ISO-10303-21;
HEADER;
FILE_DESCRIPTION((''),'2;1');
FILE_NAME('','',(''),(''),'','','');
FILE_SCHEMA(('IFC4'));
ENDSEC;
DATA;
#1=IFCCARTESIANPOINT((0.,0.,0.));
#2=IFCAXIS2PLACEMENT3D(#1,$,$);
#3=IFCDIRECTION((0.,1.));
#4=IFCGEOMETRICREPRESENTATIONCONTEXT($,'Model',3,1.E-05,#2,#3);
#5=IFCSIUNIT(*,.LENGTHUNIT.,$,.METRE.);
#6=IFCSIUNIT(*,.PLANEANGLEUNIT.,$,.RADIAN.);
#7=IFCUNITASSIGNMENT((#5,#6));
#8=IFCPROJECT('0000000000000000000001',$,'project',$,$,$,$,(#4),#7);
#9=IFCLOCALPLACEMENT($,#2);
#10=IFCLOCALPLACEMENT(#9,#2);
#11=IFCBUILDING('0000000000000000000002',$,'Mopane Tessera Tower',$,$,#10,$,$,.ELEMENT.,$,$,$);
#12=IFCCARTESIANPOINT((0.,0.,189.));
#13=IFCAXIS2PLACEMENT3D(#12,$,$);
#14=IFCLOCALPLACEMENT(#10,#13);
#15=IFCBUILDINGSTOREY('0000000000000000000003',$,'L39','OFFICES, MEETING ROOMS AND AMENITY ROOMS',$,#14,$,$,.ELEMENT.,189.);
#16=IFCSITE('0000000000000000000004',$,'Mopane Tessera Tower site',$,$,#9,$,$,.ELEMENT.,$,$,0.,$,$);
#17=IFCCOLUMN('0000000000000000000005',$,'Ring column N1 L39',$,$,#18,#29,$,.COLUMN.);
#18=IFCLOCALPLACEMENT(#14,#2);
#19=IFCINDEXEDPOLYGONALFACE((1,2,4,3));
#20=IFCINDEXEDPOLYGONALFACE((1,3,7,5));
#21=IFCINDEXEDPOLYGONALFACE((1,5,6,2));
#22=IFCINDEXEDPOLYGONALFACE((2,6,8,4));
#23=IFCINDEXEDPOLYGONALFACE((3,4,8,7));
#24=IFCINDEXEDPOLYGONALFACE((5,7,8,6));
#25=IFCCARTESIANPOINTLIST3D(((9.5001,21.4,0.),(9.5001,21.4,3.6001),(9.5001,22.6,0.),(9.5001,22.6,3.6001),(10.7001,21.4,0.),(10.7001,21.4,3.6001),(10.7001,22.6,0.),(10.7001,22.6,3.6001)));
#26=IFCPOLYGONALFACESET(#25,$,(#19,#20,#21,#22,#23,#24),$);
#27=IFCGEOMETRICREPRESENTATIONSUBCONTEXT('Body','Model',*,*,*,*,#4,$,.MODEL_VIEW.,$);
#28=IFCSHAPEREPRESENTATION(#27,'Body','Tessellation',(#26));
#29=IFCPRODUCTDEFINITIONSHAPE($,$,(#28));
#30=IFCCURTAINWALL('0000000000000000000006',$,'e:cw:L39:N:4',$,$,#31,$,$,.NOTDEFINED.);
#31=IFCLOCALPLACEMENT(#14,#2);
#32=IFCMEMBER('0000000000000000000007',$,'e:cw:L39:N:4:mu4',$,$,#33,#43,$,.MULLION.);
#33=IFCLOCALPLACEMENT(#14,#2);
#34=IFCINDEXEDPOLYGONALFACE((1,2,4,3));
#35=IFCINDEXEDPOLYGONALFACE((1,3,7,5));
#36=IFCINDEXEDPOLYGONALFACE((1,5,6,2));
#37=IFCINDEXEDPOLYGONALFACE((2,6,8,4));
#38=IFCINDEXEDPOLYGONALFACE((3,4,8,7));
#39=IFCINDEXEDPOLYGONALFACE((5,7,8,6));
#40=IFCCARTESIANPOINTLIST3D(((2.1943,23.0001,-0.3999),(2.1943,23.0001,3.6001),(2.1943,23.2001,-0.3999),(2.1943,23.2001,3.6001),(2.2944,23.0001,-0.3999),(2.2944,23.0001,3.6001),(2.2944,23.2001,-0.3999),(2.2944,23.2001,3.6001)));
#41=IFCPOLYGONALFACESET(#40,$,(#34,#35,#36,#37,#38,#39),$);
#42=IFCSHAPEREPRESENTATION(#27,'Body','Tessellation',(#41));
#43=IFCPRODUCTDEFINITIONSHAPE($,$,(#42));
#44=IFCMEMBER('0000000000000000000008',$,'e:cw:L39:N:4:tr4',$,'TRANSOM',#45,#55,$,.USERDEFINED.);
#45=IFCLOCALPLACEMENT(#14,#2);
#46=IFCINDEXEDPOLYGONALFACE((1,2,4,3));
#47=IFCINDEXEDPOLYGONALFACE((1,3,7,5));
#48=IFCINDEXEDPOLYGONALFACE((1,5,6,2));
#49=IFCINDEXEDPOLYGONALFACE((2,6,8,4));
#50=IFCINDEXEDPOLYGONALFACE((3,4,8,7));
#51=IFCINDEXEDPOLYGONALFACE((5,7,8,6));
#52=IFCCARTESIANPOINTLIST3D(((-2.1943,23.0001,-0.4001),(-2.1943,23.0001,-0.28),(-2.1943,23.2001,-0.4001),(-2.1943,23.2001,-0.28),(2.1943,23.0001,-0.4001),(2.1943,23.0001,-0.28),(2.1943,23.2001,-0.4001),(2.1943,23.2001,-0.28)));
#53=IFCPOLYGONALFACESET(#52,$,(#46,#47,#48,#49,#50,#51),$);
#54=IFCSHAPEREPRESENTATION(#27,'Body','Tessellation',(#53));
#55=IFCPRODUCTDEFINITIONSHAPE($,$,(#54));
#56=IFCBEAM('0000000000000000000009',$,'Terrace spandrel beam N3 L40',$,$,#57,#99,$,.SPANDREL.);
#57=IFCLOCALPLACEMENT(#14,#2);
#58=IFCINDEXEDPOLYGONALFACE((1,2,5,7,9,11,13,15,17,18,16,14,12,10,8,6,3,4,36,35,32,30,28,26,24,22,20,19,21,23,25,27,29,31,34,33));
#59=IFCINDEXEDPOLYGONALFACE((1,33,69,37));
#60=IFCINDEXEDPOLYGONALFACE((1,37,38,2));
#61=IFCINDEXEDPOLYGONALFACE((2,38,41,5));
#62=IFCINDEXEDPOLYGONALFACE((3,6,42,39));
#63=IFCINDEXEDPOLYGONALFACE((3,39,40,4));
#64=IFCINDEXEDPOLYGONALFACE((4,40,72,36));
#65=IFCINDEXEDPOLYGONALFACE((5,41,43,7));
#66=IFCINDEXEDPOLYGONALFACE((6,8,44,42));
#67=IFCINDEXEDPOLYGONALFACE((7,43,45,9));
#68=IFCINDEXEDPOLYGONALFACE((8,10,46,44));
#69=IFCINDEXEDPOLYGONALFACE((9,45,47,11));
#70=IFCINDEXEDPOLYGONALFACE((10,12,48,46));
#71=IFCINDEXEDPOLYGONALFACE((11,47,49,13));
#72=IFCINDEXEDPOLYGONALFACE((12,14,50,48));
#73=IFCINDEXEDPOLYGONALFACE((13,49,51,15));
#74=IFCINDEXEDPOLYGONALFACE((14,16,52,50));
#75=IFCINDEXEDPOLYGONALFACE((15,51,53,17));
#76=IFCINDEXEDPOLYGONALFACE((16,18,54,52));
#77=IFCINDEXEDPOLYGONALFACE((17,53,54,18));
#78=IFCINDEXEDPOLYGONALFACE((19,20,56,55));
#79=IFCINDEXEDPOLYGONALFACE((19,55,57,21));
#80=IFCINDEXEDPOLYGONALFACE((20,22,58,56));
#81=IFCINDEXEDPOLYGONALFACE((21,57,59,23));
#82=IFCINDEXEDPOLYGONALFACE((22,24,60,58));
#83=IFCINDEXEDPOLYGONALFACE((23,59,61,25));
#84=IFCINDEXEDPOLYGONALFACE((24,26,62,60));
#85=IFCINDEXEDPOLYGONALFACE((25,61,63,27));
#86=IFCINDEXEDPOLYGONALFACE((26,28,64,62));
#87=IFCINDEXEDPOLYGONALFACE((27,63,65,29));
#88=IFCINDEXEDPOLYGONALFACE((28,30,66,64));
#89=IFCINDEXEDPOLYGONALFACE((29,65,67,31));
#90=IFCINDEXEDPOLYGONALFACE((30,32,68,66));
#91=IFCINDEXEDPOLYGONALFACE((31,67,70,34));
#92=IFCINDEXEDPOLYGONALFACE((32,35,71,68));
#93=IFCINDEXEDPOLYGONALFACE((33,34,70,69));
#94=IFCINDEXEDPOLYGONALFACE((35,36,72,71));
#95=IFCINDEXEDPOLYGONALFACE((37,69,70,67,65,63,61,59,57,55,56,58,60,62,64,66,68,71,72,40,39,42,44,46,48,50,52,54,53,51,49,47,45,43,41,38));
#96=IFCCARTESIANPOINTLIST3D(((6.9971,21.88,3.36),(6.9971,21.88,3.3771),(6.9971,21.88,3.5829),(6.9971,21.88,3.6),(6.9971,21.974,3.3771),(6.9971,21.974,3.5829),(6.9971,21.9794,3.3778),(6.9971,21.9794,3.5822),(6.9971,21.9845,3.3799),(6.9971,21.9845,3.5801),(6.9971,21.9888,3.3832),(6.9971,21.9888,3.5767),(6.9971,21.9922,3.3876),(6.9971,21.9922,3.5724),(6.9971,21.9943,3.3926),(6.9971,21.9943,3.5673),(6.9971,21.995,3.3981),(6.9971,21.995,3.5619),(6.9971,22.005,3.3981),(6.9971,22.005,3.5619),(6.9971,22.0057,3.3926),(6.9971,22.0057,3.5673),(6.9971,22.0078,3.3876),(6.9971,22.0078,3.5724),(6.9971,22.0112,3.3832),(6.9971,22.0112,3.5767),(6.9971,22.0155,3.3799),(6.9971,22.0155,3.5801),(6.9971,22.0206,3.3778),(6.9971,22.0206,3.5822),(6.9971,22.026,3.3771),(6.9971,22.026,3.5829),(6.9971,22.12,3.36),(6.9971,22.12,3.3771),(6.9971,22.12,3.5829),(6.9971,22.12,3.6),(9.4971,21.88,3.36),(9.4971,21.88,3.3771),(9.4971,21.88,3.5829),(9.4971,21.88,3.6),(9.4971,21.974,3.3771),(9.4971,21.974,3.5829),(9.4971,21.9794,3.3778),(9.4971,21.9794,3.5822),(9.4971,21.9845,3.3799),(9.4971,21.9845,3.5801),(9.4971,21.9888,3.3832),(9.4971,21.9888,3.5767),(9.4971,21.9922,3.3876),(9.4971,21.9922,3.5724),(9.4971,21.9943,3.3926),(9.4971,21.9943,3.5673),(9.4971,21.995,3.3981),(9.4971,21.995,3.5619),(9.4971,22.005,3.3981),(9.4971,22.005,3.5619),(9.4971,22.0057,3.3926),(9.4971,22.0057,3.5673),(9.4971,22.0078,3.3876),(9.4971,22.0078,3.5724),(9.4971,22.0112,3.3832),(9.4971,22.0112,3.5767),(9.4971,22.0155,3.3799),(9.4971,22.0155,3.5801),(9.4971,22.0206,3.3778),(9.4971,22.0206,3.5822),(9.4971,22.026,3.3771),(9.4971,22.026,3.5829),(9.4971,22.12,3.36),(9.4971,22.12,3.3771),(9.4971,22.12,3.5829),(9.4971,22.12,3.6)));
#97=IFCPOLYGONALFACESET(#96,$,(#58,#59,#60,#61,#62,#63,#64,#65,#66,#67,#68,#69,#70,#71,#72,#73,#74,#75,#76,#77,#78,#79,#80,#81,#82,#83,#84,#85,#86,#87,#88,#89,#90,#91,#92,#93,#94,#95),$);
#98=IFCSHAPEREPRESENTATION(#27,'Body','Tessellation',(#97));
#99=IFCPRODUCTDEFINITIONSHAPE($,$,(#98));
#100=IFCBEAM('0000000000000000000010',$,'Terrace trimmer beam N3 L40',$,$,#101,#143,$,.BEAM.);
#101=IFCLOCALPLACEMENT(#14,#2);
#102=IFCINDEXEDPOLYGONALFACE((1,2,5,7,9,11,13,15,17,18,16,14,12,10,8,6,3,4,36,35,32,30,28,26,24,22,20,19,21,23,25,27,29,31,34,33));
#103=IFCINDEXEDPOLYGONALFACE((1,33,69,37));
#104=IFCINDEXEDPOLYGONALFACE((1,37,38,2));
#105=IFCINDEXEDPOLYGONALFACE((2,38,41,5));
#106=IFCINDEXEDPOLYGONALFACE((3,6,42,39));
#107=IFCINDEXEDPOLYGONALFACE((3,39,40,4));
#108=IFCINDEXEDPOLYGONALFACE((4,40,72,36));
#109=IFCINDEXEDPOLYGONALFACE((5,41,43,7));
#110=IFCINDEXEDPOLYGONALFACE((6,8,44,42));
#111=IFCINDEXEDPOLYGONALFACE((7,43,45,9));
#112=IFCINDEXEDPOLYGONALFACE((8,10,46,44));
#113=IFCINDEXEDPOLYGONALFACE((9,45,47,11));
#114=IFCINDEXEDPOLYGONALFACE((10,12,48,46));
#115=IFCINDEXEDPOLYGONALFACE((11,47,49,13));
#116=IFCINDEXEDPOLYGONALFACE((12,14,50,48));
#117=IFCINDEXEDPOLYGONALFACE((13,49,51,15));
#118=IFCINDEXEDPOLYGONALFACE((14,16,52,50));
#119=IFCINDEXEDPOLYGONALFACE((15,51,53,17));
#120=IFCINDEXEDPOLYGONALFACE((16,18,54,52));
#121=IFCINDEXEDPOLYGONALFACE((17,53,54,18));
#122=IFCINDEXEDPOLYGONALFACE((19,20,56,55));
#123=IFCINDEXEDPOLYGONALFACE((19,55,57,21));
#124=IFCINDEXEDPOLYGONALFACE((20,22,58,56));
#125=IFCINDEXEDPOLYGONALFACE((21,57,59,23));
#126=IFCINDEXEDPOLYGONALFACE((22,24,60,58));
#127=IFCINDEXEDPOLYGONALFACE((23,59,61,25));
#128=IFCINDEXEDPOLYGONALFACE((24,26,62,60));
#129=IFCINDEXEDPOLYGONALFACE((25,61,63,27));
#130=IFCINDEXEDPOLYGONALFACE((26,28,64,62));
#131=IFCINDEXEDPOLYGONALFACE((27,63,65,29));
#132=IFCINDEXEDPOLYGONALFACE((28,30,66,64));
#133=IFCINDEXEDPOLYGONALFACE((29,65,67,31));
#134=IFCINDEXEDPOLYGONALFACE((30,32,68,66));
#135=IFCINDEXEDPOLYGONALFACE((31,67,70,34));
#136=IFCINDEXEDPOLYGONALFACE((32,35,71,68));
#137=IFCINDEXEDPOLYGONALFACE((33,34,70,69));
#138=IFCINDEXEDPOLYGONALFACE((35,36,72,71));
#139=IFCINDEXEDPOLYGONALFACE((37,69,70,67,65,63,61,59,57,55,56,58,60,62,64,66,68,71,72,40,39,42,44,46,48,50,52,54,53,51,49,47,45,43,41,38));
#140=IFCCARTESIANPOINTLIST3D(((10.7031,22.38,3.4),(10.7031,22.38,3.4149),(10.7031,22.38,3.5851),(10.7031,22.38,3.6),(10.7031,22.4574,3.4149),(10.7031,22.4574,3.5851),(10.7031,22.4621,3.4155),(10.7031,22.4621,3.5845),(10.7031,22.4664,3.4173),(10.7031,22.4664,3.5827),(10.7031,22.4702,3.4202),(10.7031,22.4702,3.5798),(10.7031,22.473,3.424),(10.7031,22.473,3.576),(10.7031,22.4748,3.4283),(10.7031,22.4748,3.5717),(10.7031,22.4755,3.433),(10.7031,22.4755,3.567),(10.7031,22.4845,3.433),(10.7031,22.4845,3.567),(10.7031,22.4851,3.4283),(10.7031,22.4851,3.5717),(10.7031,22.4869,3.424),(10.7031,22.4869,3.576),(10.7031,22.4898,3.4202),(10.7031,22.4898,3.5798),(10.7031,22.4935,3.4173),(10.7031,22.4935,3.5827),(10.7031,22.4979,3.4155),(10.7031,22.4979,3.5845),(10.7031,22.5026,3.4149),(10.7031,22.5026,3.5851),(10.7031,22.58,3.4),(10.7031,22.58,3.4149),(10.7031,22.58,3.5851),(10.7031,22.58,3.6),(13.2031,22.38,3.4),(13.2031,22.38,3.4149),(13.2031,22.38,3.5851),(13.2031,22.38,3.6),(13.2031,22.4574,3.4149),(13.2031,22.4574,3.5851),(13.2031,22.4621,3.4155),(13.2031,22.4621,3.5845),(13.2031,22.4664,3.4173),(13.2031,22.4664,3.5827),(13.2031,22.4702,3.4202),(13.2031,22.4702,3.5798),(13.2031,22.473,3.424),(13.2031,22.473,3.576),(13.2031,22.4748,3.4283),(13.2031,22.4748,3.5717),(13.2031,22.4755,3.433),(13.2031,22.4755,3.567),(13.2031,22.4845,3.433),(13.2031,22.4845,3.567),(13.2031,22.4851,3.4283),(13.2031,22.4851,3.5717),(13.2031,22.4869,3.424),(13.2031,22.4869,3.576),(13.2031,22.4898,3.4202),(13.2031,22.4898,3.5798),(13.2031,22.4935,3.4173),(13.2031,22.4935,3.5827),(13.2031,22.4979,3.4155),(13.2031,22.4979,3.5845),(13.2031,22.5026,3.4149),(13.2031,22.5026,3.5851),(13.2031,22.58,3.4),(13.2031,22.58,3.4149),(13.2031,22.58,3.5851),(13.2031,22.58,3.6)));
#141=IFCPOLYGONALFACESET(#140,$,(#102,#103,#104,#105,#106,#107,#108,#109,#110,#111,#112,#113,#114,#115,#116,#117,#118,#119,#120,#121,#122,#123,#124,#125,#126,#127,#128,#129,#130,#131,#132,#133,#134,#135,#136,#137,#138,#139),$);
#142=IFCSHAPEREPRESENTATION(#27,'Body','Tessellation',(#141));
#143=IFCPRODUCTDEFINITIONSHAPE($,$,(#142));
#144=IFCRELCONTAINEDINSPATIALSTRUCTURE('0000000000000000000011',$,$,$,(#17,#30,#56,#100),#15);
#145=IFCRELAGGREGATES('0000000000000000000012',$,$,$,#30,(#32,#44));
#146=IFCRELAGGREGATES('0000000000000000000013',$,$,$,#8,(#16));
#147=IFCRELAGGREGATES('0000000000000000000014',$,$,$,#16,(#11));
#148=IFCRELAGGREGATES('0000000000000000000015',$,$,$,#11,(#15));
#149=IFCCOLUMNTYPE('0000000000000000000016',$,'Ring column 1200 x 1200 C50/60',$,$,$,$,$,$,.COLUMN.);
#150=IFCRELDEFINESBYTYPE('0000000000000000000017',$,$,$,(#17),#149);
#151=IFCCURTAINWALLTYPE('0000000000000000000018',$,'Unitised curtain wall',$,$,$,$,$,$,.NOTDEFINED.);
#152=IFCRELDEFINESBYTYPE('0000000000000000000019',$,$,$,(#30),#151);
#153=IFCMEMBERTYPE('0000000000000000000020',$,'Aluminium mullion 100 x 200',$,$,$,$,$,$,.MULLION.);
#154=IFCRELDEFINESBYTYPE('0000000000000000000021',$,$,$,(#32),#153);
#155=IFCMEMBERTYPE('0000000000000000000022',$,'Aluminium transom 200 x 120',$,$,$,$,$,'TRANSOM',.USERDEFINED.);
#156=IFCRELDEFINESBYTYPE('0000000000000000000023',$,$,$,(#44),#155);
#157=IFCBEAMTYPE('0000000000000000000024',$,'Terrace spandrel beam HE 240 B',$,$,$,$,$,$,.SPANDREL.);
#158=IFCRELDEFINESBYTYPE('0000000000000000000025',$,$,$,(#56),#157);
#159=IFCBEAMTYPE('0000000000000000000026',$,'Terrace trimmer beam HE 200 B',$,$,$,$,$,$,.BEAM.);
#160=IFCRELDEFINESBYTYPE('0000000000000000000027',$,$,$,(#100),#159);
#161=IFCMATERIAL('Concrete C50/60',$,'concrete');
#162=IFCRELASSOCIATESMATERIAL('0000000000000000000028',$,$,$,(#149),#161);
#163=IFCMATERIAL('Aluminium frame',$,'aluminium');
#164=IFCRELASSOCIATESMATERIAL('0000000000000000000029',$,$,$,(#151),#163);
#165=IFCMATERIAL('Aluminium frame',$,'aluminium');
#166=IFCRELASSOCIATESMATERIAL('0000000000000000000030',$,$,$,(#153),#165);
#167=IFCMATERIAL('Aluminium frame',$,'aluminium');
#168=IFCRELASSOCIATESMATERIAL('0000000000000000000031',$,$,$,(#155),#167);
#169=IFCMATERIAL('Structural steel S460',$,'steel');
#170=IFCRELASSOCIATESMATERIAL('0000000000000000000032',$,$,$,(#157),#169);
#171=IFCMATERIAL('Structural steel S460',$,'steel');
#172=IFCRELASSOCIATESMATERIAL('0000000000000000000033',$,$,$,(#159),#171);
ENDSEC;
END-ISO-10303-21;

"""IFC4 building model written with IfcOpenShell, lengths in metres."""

from ifc_helpers import new_model, si_unit, direction, frame, origin, origin_2d, place, context, subcontext, project, spatial, rectangle, i_section, extrude, material, material_profile, profile_set, type_object, element, aggregate, save


model = new_model("IFC4")

# Units and contexts
model_context = context("Model", 3, precision=1e-05, world=origin(), true_north=direction((0.0, 1.0)))
body_context = subcontext(model_context, "Body", "Model", "MODEL_VIEW")
ifc_project = project(units=[si_unit("LENGTHUNIT", "METRE"), si_unit("PLANEANGLEUNIT", "RADIAN")], contexts=[model_context])

# Site, building, storey
site_placement = place(None, origin())
site = spatial("IfcSite", under=ifc_project, at=site_placement, Name="Mopane Tessera Tower site", CompositionType="ELEMENT", RefElevation=0.0)
building_placement = place(site_placement, origin())
building = spatial("IfcBuilding", under=site, at=building_placement, Name="Mopane Tessera Tower", CompositionType="ELEMENT")
storey_placement = place(building_placement, frame((0.0, 0.0, 189.0)))
storey = spatial("IfcBuildingStorey", under=building, at=storey_placement, Name="L39", Description="OFFICES, MEETING ROOMS AND AMENITY ROOMS", CompositionType="ELEMENT", Elevation=189.0)

# Column
ifc_material_1 = material(Name="Concrete C50/60", Category="concrete")
ifc_material_profile_1 = material_profile(ifc_material_1, rectangle(XDim=1.2, YDim=1.2, at=origin_2d()))
ifc_profile_set_1 = profile_set([ifc_material_profile_1], Name="Concrete C50/60")
column_type = type_object("IfcColumnType", Name="Ring column 1200 x 1200 C50/60", PredefinedType="COLUMN", material=ifc_profile_set_1)
column_placement = place(storey_placement, frame((10.1001, 22.0, 0.0), z_axis=(0.0, 0.0, 1.0), x_axis=(1.0, 0.0, 0.0)))
element("IfcColumn", 1, at=column_placement, inside=storey, type_object=column_type, Name="Ring column N1 L39", PredefinedType="COLUMN", context=body_context, shape_type="SweptSolid", body=[
    extrude(rectangle(XDim=1.2, YDim=1.2, at=origin_2d()), origin(), (0.0, 0.0, 1.0), 3.6001),
])

# Curtain wall, members
ifc_material_2 = material(Name="Aluminium frame", Category="aluminium")
curtain_wall_type = type_object("IfcCurtainWallType", Name="Unitised curtain wall", PredefinedType="NOTDEFINED", material=ifc_material_2)
curtain_wall_placement = place(storey_placement, origin())
curtain_wall = element("IfcCurtainWall", 2, at=curtain_wall_placement, inside=storey, type_object=curtain_wall_type, Name="e:cw:L39:N:4", PredefinedType="NOTDEFINED")
ifc_material_3 = material(Name="Aluminium frame", Category="aluminium")
ifc_material_profile_2 = material_profile(ifc_material_3, rectangle(XDim=0.1001, YDim=0.2, at=origin_2d()))
ifc_profile_set_2 = profile_set([ifc_material_profile_2], Name="Aluminium frame")
member_type_1 = type_object("IfcMemberType", Name="Aluminium mullion 100 x 200", PredefinedType="MULLION", material=ifc_profile_set_2)
member_1_placement = place(storey_placement, frame((2.2444, 23.1001, -0.3999), z_axis=(0.0, 0.0, 1.0), x_axis=(-1.0, 0.0, 0.0)))
member_1 = element("IfcMember", 3, at=member_1_placement, type_object=member_type_1, Name="e:cw:L39:N:4:mu4", PredefinedType="MULLION", context=body_context, shape_type="SweptSolid", body=[
    extrude(rectangle(XDim=0.1001, YDim=0.2, at=origin_2d()), origin(), (0.0, 0.0, 1.0), 4.0),
])
ifc_material_4 = material(Name="Aluminium frame", Category="aluminium")
ifc_material_profile_3 = material_profile(ifc_material_4, rectangle(XDim=0.2, YDim=0.1201, at=origin_2d()))
ifc_profile_set_3 = profile_set([ifc_material_profile_3], Name="Aluminium frame")
member_type_2 = type_object("IfcMemberType", Name="Aluminium transom 200 x 120", ElementType="TRANSOM", PredefinedType="USERDEFINED", material=ifc_profile_set_3)
member_2_placement = place(storey_placement, frame((2.1943, 23.1001, -0.3401), z_axis=(-1.0, 0.0, 0.0), x_axis=(0.0, -1.0, 0.0)))
member_2 = element("IfcMember", 4, at=member_2_placement, type_object=member_type_2, Name="e:cw:L39:N:4:tr4", ObjectType="TRANSOM", PredefinedType="USERDEFINED", context=body_context, shape_type="SweptSolid", body=[
    extrude(rectangle(XDim=0.2, YDim=0.1201, at=origin_2d()), origin(), (0.0, 0.0, 1.0), 4.3887),
])

# Beams
ifc_material_5 = material(Name="Structural steel S460", Category="steel")
ifc_material_profile_4 = material_profile(ifc_material_5, i_section(OverallWidth=0.24, OverallDepth=0.24, WebThickness=0.01, FlangeThickness=0.0171, FilletRadius=0.021, at=origin_2d()))
ifc_profile_set_4 = profile_set([ifc_material_profile_4], Name="Structural steel S460")
beam_type_1 = type_object("IfcBeamType", Name="Terrace spandrel beam HE 240 B", PredefinedType="SPANDREL", material=ifc_profile_set_4)
beam_1_placement = place(storey_placement, frame((9.4971, 22.0, 3.48), z_axis=(-1.0, 0.0, 0.0), x_axis=(0.0, -1.0, 0.0)))
element("IfcBeam", 5, at=beam_1_placement, inside=storey, type_object=beam_type_1, Name="Terrace spandrel beam N3 L40", PredefinedType="SPANDREL", context=body_context, shape_type="SweptSolid", body=[
    extrude(i_section(OverallWidth=0.24, OverallDepth=0.24, WebThickness=0.01, FlangeThickness=0.0171, FilletRadius=0.021, at=origin_2d()), origin(), (0.0, 0.0, 1.0), 2.5),
])
ifc_material_6 = material(Name="Structural steel S460", Category="steel")
ifc_material_profile_5 = material_profile(ifc_material_6, i_section(OverallWidth=0.2, OverallDepth=0.2, WebThickness=0.009, FlangeThickness=0.0149, FilletRadius=0.0181, at=origin_2d()))
ifc_profile_set_5 = profile_set([ifc_material_profile_5], Name="Structural steel S460")
beam_type_2 = type_object("IfcBeamType", Name="Terrace trimmer beam HE 200 B", PredefinedType="BEAM", material=ifc_profile_set_5)
beam_2_placement = place(storey_placement, frame((10.7031, 22.48, 3.5), z_axis=(1.0, 0.0, 0.0), x_axis=(0.0, 1.0, 0.0)))
element("IfcBeam", 6, at=beam_2_placement, inside=storey, type_object=beam_type_2, Name="Terrace trimmer beam N3 L40", PredefinedType="BEAM", context=body_context, shape_type="SweptSolid", body=[
    extrude(i_section(OverallWidth=0.2, OverallDepth=0.2, WebThickness=0.009, FlangeThickness=0.0149, FilletRadius=0.0181, at=origin_2d()), origin(), (0.0, 0.0, 1.0), 2.5),
])

aggregate(curtain_wall, [member_1, member_2])

save(model, "model.ifc")
